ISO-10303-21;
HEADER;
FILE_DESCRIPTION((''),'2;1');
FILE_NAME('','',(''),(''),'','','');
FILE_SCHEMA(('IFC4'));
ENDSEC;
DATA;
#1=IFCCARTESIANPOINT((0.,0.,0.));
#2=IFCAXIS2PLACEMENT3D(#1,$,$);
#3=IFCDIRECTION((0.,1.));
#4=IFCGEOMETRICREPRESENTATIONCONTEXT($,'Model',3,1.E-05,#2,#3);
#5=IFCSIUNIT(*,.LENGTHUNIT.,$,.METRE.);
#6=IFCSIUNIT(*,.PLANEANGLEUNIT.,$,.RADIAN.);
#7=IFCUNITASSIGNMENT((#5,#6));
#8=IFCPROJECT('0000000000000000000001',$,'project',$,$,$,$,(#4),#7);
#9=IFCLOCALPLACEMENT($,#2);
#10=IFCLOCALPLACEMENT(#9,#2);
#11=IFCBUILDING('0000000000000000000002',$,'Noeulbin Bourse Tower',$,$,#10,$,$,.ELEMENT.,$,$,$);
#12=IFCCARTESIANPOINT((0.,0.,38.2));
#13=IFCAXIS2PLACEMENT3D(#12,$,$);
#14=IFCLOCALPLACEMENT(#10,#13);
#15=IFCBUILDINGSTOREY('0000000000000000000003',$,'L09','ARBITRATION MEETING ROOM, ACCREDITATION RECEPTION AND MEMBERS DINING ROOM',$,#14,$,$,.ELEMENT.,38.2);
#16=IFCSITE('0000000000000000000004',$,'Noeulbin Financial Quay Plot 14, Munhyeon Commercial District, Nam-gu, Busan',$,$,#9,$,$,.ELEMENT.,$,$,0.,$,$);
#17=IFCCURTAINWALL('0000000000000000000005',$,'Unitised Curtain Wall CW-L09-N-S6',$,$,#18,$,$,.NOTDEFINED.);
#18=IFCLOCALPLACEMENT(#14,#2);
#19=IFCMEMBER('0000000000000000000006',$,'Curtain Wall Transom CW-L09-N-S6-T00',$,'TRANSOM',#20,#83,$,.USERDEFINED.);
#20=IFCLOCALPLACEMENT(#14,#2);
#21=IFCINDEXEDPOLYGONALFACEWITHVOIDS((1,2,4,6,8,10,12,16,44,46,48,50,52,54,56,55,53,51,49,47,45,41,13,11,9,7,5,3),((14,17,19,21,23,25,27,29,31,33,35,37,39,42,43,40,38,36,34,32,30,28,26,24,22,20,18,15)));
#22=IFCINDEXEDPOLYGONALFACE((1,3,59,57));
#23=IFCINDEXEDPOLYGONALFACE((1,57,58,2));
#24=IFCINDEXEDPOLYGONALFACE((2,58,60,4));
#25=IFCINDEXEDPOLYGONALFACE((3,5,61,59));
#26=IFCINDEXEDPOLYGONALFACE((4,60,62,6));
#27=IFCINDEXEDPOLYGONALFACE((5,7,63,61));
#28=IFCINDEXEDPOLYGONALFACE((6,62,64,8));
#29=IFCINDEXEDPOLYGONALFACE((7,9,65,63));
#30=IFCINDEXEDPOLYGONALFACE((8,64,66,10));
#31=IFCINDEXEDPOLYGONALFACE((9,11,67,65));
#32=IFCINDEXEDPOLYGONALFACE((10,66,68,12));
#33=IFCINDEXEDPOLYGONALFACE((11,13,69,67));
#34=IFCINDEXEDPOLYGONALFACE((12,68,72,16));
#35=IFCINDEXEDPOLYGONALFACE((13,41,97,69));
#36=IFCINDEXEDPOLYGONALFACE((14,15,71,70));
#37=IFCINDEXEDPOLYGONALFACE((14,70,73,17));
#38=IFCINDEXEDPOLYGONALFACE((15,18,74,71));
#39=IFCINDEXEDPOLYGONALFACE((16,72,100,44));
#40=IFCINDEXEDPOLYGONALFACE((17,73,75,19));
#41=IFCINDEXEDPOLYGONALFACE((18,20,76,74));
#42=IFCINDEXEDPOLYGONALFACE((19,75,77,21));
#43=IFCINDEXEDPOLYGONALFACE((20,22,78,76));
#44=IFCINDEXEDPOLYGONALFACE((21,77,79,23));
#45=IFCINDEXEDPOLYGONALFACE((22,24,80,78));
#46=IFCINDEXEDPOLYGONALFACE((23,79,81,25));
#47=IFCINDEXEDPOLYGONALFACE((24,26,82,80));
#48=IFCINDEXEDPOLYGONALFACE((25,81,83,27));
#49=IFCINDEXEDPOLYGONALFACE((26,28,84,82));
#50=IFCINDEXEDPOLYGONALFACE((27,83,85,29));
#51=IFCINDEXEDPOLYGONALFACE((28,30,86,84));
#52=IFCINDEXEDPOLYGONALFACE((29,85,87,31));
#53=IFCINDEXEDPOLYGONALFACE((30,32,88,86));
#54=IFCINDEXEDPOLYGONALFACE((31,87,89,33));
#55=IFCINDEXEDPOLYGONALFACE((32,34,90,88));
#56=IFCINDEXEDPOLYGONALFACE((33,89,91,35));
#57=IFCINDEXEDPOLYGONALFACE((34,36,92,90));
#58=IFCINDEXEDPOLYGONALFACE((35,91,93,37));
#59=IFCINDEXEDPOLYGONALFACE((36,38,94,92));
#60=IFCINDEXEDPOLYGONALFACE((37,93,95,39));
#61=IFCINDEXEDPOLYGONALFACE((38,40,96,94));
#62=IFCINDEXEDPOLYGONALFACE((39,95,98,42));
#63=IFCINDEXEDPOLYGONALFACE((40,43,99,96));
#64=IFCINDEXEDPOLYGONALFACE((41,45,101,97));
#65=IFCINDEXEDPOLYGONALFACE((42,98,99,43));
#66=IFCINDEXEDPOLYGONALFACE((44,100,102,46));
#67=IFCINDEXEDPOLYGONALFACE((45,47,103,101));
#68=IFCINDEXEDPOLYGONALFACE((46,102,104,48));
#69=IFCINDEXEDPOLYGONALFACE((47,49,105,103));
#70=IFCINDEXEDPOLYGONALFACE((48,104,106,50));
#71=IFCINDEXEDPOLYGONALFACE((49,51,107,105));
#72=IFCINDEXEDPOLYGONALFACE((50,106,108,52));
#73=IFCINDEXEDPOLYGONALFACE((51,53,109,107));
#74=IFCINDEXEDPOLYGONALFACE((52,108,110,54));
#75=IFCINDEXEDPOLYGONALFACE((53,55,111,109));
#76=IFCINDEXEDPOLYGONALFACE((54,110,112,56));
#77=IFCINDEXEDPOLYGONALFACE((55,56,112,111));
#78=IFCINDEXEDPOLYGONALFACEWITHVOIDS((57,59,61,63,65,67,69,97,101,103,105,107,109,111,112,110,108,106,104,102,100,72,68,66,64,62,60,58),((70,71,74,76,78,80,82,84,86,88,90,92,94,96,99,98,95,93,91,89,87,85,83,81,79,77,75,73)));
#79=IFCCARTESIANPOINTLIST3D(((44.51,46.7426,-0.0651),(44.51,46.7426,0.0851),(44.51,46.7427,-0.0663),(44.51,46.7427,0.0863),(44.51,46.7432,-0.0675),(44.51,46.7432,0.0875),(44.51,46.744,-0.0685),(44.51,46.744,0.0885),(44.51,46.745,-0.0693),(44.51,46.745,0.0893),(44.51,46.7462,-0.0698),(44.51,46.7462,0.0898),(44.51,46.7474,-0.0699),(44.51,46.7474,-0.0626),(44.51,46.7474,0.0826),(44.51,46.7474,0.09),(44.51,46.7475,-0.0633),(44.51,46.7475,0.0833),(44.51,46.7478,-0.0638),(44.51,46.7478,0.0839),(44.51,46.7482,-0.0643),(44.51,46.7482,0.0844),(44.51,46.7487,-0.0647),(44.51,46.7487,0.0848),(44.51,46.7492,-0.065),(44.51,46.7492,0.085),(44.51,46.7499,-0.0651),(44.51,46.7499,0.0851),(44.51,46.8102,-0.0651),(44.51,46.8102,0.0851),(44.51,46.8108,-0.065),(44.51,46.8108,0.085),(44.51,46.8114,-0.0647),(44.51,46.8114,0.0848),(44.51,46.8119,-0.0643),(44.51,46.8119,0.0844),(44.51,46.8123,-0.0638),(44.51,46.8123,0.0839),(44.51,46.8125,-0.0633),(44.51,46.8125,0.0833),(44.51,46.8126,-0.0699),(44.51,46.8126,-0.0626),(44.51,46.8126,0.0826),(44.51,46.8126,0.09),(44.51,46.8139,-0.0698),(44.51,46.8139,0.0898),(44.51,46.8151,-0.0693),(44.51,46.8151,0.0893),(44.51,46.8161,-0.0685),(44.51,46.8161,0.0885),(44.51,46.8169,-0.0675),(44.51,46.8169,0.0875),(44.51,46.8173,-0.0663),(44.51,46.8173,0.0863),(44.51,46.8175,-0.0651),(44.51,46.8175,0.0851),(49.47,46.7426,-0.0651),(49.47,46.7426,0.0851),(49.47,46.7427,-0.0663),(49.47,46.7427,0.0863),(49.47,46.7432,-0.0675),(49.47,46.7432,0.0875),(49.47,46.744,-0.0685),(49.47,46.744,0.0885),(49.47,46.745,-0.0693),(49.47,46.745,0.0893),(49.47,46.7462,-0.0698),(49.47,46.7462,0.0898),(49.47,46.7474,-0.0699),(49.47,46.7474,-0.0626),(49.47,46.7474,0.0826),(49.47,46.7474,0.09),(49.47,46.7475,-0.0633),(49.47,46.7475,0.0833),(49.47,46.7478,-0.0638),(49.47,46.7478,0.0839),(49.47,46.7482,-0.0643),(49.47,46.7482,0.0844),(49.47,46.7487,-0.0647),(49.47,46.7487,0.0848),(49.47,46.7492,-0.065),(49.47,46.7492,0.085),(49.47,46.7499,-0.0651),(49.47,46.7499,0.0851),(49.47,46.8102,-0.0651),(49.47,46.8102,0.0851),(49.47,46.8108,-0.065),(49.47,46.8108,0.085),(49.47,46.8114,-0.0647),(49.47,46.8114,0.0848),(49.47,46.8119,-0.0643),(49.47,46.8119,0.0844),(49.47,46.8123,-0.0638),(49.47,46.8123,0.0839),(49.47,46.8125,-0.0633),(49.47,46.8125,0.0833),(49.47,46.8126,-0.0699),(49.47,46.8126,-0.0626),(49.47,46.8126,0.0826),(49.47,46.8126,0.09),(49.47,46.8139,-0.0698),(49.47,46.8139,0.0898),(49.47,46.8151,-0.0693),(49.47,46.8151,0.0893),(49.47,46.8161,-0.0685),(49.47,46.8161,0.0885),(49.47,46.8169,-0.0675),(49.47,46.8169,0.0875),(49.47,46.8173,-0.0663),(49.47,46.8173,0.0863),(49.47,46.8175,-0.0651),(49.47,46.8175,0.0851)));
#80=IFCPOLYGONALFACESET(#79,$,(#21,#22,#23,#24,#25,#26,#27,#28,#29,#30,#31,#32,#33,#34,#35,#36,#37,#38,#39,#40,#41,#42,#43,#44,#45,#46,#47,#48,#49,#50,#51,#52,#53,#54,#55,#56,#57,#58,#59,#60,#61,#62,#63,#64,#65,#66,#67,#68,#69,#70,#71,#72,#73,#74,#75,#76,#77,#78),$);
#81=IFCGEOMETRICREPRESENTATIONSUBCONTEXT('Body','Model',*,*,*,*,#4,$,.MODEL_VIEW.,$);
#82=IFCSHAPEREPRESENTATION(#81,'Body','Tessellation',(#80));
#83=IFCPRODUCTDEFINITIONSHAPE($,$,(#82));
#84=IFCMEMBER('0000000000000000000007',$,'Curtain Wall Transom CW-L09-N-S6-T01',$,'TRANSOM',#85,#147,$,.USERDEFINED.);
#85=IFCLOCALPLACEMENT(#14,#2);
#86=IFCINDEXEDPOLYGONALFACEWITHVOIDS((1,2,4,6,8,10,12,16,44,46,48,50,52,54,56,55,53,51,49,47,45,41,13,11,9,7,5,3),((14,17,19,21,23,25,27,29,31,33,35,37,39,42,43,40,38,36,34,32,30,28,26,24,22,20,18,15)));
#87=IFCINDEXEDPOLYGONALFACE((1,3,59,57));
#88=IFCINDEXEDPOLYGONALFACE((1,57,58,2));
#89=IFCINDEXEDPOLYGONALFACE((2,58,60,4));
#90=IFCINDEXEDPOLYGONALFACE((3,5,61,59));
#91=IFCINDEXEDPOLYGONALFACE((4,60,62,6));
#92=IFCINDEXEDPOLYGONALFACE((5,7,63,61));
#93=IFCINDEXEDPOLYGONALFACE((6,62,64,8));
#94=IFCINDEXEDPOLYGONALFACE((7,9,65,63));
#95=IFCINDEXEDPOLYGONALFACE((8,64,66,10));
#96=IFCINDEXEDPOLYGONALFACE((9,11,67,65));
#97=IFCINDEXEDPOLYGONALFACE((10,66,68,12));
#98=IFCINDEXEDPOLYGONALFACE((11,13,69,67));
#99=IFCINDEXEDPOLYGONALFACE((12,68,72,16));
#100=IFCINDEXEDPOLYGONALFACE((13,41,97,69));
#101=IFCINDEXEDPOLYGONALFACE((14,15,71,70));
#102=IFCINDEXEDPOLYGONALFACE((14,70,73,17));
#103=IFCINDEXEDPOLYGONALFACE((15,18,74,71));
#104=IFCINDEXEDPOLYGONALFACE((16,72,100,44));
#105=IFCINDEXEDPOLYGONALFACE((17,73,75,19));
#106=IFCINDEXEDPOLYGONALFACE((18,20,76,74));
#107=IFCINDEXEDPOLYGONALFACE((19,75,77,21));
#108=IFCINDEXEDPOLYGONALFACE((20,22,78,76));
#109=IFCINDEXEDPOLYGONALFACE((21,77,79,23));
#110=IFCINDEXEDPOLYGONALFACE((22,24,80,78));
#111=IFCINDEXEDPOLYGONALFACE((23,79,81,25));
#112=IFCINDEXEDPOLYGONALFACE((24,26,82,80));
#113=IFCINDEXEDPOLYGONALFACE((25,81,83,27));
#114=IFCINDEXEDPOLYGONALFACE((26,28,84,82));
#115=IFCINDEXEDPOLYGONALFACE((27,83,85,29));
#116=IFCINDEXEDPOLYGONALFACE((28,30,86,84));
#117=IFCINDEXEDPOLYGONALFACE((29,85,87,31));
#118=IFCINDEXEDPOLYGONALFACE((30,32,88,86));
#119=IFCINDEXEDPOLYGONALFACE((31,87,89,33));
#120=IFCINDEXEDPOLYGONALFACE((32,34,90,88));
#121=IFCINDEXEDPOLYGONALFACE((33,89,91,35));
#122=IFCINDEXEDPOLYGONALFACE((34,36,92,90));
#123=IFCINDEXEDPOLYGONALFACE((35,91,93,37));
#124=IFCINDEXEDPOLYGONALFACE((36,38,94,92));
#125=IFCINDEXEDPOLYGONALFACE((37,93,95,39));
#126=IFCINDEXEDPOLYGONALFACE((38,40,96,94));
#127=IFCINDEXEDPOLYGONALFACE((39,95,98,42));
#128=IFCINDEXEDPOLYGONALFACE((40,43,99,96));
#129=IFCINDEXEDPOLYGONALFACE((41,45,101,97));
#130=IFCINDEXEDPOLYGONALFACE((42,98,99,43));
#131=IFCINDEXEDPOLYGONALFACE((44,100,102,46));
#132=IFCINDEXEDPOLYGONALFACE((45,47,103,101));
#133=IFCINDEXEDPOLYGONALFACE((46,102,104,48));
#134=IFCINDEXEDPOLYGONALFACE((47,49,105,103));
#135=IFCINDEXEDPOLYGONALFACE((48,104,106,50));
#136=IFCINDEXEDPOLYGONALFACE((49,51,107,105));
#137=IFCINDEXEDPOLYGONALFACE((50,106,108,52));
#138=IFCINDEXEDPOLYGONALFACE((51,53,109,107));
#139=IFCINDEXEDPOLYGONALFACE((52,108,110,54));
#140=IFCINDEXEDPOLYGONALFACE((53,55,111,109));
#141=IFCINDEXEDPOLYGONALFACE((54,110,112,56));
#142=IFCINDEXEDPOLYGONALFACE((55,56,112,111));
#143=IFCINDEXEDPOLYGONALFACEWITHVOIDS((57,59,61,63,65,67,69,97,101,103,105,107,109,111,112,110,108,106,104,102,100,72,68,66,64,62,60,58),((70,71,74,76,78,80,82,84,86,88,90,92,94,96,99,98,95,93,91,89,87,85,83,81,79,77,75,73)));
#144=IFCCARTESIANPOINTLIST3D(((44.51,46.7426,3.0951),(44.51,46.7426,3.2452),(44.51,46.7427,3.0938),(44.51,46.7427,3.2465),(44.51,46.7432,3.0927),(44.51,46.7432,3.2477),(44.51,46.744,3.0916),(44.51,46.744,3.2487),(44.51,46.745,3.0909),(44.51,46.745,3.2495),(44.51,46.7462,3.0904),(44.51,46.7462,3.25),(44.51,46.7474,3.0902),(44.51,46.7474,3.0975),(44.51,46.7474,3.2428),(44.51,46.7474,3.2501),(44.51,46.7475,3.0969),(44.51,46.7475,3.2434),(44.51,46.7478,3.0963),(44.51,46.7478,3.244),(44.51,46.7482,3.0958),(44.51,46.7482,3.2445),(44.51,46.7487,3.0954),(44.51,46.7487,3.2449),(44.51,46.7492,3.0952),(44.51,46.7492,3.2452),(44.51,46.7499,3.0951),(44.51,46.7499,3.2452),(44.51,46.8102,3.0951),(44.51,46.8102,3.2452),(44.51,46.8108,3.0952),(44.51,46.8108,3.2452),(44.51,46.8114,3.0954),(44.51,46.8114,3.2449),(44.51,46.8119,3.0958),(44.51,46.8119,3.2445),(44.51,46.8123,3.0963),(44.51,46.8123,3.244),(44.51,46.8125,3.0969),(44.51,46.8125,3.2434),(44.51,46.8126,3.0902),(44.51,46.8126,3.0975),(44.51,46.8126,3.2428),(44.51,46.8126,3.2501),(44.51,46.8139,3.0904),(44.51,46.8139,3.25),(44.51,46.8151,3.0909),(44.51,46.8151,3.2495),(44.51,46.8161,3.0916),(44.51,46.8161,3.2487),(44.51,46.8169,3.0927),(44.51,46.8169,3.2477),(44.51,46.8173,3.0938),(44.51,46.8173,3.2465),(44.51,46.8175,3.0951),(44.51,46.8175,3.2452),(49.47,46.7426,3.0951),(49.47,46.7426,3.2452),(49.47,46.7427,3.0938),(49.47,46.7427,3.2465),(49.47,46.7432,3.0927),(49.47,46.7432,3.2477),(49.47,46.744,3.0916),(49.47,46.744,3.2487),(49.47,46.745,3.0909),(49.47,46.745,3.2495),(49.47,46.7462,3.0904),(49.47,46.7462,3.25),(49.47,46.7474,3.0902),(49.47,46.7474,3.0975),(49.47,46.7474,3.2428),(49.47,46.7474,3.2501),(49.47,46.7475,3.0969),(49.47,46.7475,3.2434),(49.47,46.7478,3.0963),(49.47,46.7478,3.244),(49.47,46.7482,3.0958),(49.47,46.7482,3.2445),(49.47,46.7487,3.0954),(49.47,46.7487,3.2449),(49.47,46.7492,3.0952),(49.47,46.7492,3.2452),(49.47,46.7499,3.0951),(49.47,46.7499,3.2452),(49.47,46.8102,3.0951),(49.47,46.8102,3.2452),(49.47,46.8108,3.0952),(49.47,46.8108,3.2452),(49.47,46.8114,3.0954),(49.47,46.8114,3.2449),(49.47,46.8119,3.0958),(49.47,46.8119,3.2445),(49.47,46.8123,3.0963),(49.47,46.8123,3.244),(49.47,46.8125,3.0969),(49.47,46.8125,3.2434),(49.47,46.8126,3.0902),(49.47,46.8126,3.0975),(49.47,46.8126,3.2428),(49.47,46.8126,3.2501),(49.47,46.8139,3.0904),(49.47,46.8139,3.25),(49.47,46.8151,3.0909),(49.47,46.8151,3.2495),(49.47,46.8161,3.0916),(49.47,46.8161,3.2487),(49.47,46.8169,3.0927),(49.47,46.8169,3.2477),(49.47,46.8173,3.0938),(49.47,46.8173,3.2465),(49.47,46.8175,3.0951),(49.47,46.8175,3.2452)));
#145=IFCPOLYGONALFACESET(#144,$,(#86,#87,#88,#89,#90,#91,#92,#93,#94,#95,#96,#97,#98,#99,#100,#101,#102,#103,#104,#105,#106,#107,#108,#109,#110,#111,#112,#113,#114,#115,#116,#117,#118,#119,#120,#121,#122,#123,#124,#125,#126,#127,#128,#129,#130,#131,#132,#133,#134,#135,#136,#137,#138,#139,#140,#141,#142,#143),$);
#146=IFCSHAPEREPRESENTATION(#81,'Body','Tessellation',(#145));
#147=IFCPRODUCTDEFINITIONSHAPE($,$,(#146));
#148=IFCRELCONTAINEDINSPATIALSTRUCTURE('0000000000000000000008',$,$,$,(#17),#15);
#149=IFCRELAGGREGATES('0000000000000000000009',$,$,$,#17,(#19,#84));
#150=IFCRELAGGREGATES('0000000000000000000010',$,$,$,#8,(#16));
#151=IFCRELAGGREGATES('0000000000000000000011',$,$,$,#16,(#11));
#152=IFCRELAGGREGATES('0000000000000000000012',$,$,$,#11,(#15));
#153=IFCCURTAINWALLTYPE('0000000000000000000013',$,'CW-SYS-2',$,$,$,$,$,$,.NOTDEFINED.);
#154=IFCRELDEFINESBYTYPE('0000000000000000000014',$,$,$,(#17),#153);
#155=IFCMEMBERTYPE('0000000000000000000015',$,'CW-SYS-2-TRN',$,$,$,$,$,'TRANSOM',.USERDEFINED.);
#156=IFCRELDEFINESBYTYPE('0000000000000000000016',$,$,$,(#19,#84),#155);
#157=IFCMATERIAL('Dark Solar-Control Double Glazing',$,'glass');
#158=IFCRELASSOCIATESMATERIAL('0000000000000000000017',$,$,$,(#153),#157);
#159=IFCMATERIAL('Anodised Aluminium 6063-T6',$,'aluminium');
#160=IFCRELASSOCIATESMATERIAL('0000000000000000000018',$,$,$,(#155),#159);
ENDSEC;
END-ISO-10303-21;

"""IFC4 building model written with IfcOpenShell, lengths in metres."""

from ifc_helpers import new_model, si_unit, direction, frame, origin, origin_2d, place, context, subcontext, project, spatial, hollow_rectangle, extrude, material, material_profile, profile_set, type_object, element, aggregate, save


model = new_model("IFC4")

# Units and contexts
model_context = context("Model", 3, precision=1e-05, world=origin(), true_north=direction((0.0, 1.0)))
body_context = subcontext(model_context, "Body", "Model", "MODEL_VIEW")
ifc_project = project(units=[si_unit("LENGTHUNIT", "METRE"), si_unit("PLANEANGLEUNIT", "RADIAN")], contexts=[model_context])

# Site, building, storey
site_placement = place(None, origin())
site = spatial("IfcSite", under=ifc_project, at=site_placement, Name="Noeulbin Financial Quay Plot 14, Munhyeon Commercial District, Nam-gu, Busan", CompositionType="ELEMENT", RefElevation=0.0)
building_placement = place(site_placement, origin())
building = spatial("IfcBuilding", under=site, at=building_placement, Name="Noeulbin Bourse Tower", CompositionType="ELEMENT")
storey_placement = place(building_placement, frame((0.0, 0.0, 38.2)))
storey = spatial("IfcBuildingStorey", under=building, at=storey_placement, Name="L09", Description="ARBITRATION MEETING ROOM, ACCREDITATION RECEPTION AND MEMBERS DINING ROOM", CompositionType="ELEMENT", Elevation=38.2)

# Shared definitions
ifc_material_1 = material(Name="Dark Solar-Control Double Glazing", Category="glass")
curtain_wall_type = type_object("IfcCurtainWallType", Name="CW-SYS-2", PredefinedType="NOTDEFINED", material=ifc_material_1)
ifc_material_2 = material(Name="Anodised Aluminium 6063-T6", Category="aluminium")

# Curtain wall
curtain_wall_1_placement = place(storey_placement, origin())
curtain_wall_1 = element("IfcCurtainWall", 1, at=curtain_wall_1_placement, inside=storey, type_object=curtain_wall_type, Name="Unitised Curtain Wall CW-L09-N-S6", PredefinedType="NOTDEFINED")

# Members
ifc_material_profile_1 = material_profile(ifc_material_2, hollow_rectangle(XDim=0.075, YDim=0.1599, WallThickness=0.0049, InnerFilletRadius=0.0024, OuterFilletRadius=0.0049, at=origin_2d()), Name="ALU-TRAN-75x160x5", Category="LoadBearing")
ifc_profile_set_1 = profile_set([ifc_material_profile_1], Name="Anodised Aluminium 6063-T6")
member_type_1 = type_object("IfcMemberType", Name="CW-SYS-2-TRN", ElementType="TRANSOM", PredefinedType="USERDEFINED", material=ifc_profile_set_1)
member_1_placement = place(storey_placement, frame((44.51, 46.78, 0.01), z_axis=(1.0, 0.0, 0.0), x_axis=(0.0, 1.0, 0.0)))
member_1 = element("IfcMember", 2, at=member_1_placement, type_object=member_type_1, Name="Curtain Wall Transom CW-L09-N-S6-T00", ObjectType="TRANSOM", PredefinedType="USERDEFINED", context=body_context, shape_type="SweptSolid", body=[
    extrude(hollow_rectangle(XDim=0.075, YDim=0.1599, WallThickness=0.0049, InnerFilletRadius=0.0024, OuterFilletRadius=0.0049, at=origin_2d()), origin(), (0.0, 0.0, 1.0), 4.96),
])
member_2_placement = place(storey_placement, frame((44.51, 46.78, 3.1702), z_axis=(1.0, 0.0, 0.0), x_axis=(0.0, 1.0, 0.0)))
member_2 = element("IfcMember", 3, at=member_2_placement, type_object=member_type_1, Name="Curtain Wall Transom CW-L09-N-S6-T01", ObjectType="TRANSOM", PredefinedType="USERDEFINED", context=body_context, shape_type="SweptSolid", body=[
    extrude(hollow_rectangle(XDim=0.075, YDim=0.1599, WallThickness=0.0049, InnerFilletRadius=0.0024, OuterFilletRadius=0.0049, at=origin_2d()), origin(), (0.0, 0.0, 1.0), 4.96),
])

aggregate(curtain_wall_1, [member_1, member_2])

save(model, "model.ifc")
